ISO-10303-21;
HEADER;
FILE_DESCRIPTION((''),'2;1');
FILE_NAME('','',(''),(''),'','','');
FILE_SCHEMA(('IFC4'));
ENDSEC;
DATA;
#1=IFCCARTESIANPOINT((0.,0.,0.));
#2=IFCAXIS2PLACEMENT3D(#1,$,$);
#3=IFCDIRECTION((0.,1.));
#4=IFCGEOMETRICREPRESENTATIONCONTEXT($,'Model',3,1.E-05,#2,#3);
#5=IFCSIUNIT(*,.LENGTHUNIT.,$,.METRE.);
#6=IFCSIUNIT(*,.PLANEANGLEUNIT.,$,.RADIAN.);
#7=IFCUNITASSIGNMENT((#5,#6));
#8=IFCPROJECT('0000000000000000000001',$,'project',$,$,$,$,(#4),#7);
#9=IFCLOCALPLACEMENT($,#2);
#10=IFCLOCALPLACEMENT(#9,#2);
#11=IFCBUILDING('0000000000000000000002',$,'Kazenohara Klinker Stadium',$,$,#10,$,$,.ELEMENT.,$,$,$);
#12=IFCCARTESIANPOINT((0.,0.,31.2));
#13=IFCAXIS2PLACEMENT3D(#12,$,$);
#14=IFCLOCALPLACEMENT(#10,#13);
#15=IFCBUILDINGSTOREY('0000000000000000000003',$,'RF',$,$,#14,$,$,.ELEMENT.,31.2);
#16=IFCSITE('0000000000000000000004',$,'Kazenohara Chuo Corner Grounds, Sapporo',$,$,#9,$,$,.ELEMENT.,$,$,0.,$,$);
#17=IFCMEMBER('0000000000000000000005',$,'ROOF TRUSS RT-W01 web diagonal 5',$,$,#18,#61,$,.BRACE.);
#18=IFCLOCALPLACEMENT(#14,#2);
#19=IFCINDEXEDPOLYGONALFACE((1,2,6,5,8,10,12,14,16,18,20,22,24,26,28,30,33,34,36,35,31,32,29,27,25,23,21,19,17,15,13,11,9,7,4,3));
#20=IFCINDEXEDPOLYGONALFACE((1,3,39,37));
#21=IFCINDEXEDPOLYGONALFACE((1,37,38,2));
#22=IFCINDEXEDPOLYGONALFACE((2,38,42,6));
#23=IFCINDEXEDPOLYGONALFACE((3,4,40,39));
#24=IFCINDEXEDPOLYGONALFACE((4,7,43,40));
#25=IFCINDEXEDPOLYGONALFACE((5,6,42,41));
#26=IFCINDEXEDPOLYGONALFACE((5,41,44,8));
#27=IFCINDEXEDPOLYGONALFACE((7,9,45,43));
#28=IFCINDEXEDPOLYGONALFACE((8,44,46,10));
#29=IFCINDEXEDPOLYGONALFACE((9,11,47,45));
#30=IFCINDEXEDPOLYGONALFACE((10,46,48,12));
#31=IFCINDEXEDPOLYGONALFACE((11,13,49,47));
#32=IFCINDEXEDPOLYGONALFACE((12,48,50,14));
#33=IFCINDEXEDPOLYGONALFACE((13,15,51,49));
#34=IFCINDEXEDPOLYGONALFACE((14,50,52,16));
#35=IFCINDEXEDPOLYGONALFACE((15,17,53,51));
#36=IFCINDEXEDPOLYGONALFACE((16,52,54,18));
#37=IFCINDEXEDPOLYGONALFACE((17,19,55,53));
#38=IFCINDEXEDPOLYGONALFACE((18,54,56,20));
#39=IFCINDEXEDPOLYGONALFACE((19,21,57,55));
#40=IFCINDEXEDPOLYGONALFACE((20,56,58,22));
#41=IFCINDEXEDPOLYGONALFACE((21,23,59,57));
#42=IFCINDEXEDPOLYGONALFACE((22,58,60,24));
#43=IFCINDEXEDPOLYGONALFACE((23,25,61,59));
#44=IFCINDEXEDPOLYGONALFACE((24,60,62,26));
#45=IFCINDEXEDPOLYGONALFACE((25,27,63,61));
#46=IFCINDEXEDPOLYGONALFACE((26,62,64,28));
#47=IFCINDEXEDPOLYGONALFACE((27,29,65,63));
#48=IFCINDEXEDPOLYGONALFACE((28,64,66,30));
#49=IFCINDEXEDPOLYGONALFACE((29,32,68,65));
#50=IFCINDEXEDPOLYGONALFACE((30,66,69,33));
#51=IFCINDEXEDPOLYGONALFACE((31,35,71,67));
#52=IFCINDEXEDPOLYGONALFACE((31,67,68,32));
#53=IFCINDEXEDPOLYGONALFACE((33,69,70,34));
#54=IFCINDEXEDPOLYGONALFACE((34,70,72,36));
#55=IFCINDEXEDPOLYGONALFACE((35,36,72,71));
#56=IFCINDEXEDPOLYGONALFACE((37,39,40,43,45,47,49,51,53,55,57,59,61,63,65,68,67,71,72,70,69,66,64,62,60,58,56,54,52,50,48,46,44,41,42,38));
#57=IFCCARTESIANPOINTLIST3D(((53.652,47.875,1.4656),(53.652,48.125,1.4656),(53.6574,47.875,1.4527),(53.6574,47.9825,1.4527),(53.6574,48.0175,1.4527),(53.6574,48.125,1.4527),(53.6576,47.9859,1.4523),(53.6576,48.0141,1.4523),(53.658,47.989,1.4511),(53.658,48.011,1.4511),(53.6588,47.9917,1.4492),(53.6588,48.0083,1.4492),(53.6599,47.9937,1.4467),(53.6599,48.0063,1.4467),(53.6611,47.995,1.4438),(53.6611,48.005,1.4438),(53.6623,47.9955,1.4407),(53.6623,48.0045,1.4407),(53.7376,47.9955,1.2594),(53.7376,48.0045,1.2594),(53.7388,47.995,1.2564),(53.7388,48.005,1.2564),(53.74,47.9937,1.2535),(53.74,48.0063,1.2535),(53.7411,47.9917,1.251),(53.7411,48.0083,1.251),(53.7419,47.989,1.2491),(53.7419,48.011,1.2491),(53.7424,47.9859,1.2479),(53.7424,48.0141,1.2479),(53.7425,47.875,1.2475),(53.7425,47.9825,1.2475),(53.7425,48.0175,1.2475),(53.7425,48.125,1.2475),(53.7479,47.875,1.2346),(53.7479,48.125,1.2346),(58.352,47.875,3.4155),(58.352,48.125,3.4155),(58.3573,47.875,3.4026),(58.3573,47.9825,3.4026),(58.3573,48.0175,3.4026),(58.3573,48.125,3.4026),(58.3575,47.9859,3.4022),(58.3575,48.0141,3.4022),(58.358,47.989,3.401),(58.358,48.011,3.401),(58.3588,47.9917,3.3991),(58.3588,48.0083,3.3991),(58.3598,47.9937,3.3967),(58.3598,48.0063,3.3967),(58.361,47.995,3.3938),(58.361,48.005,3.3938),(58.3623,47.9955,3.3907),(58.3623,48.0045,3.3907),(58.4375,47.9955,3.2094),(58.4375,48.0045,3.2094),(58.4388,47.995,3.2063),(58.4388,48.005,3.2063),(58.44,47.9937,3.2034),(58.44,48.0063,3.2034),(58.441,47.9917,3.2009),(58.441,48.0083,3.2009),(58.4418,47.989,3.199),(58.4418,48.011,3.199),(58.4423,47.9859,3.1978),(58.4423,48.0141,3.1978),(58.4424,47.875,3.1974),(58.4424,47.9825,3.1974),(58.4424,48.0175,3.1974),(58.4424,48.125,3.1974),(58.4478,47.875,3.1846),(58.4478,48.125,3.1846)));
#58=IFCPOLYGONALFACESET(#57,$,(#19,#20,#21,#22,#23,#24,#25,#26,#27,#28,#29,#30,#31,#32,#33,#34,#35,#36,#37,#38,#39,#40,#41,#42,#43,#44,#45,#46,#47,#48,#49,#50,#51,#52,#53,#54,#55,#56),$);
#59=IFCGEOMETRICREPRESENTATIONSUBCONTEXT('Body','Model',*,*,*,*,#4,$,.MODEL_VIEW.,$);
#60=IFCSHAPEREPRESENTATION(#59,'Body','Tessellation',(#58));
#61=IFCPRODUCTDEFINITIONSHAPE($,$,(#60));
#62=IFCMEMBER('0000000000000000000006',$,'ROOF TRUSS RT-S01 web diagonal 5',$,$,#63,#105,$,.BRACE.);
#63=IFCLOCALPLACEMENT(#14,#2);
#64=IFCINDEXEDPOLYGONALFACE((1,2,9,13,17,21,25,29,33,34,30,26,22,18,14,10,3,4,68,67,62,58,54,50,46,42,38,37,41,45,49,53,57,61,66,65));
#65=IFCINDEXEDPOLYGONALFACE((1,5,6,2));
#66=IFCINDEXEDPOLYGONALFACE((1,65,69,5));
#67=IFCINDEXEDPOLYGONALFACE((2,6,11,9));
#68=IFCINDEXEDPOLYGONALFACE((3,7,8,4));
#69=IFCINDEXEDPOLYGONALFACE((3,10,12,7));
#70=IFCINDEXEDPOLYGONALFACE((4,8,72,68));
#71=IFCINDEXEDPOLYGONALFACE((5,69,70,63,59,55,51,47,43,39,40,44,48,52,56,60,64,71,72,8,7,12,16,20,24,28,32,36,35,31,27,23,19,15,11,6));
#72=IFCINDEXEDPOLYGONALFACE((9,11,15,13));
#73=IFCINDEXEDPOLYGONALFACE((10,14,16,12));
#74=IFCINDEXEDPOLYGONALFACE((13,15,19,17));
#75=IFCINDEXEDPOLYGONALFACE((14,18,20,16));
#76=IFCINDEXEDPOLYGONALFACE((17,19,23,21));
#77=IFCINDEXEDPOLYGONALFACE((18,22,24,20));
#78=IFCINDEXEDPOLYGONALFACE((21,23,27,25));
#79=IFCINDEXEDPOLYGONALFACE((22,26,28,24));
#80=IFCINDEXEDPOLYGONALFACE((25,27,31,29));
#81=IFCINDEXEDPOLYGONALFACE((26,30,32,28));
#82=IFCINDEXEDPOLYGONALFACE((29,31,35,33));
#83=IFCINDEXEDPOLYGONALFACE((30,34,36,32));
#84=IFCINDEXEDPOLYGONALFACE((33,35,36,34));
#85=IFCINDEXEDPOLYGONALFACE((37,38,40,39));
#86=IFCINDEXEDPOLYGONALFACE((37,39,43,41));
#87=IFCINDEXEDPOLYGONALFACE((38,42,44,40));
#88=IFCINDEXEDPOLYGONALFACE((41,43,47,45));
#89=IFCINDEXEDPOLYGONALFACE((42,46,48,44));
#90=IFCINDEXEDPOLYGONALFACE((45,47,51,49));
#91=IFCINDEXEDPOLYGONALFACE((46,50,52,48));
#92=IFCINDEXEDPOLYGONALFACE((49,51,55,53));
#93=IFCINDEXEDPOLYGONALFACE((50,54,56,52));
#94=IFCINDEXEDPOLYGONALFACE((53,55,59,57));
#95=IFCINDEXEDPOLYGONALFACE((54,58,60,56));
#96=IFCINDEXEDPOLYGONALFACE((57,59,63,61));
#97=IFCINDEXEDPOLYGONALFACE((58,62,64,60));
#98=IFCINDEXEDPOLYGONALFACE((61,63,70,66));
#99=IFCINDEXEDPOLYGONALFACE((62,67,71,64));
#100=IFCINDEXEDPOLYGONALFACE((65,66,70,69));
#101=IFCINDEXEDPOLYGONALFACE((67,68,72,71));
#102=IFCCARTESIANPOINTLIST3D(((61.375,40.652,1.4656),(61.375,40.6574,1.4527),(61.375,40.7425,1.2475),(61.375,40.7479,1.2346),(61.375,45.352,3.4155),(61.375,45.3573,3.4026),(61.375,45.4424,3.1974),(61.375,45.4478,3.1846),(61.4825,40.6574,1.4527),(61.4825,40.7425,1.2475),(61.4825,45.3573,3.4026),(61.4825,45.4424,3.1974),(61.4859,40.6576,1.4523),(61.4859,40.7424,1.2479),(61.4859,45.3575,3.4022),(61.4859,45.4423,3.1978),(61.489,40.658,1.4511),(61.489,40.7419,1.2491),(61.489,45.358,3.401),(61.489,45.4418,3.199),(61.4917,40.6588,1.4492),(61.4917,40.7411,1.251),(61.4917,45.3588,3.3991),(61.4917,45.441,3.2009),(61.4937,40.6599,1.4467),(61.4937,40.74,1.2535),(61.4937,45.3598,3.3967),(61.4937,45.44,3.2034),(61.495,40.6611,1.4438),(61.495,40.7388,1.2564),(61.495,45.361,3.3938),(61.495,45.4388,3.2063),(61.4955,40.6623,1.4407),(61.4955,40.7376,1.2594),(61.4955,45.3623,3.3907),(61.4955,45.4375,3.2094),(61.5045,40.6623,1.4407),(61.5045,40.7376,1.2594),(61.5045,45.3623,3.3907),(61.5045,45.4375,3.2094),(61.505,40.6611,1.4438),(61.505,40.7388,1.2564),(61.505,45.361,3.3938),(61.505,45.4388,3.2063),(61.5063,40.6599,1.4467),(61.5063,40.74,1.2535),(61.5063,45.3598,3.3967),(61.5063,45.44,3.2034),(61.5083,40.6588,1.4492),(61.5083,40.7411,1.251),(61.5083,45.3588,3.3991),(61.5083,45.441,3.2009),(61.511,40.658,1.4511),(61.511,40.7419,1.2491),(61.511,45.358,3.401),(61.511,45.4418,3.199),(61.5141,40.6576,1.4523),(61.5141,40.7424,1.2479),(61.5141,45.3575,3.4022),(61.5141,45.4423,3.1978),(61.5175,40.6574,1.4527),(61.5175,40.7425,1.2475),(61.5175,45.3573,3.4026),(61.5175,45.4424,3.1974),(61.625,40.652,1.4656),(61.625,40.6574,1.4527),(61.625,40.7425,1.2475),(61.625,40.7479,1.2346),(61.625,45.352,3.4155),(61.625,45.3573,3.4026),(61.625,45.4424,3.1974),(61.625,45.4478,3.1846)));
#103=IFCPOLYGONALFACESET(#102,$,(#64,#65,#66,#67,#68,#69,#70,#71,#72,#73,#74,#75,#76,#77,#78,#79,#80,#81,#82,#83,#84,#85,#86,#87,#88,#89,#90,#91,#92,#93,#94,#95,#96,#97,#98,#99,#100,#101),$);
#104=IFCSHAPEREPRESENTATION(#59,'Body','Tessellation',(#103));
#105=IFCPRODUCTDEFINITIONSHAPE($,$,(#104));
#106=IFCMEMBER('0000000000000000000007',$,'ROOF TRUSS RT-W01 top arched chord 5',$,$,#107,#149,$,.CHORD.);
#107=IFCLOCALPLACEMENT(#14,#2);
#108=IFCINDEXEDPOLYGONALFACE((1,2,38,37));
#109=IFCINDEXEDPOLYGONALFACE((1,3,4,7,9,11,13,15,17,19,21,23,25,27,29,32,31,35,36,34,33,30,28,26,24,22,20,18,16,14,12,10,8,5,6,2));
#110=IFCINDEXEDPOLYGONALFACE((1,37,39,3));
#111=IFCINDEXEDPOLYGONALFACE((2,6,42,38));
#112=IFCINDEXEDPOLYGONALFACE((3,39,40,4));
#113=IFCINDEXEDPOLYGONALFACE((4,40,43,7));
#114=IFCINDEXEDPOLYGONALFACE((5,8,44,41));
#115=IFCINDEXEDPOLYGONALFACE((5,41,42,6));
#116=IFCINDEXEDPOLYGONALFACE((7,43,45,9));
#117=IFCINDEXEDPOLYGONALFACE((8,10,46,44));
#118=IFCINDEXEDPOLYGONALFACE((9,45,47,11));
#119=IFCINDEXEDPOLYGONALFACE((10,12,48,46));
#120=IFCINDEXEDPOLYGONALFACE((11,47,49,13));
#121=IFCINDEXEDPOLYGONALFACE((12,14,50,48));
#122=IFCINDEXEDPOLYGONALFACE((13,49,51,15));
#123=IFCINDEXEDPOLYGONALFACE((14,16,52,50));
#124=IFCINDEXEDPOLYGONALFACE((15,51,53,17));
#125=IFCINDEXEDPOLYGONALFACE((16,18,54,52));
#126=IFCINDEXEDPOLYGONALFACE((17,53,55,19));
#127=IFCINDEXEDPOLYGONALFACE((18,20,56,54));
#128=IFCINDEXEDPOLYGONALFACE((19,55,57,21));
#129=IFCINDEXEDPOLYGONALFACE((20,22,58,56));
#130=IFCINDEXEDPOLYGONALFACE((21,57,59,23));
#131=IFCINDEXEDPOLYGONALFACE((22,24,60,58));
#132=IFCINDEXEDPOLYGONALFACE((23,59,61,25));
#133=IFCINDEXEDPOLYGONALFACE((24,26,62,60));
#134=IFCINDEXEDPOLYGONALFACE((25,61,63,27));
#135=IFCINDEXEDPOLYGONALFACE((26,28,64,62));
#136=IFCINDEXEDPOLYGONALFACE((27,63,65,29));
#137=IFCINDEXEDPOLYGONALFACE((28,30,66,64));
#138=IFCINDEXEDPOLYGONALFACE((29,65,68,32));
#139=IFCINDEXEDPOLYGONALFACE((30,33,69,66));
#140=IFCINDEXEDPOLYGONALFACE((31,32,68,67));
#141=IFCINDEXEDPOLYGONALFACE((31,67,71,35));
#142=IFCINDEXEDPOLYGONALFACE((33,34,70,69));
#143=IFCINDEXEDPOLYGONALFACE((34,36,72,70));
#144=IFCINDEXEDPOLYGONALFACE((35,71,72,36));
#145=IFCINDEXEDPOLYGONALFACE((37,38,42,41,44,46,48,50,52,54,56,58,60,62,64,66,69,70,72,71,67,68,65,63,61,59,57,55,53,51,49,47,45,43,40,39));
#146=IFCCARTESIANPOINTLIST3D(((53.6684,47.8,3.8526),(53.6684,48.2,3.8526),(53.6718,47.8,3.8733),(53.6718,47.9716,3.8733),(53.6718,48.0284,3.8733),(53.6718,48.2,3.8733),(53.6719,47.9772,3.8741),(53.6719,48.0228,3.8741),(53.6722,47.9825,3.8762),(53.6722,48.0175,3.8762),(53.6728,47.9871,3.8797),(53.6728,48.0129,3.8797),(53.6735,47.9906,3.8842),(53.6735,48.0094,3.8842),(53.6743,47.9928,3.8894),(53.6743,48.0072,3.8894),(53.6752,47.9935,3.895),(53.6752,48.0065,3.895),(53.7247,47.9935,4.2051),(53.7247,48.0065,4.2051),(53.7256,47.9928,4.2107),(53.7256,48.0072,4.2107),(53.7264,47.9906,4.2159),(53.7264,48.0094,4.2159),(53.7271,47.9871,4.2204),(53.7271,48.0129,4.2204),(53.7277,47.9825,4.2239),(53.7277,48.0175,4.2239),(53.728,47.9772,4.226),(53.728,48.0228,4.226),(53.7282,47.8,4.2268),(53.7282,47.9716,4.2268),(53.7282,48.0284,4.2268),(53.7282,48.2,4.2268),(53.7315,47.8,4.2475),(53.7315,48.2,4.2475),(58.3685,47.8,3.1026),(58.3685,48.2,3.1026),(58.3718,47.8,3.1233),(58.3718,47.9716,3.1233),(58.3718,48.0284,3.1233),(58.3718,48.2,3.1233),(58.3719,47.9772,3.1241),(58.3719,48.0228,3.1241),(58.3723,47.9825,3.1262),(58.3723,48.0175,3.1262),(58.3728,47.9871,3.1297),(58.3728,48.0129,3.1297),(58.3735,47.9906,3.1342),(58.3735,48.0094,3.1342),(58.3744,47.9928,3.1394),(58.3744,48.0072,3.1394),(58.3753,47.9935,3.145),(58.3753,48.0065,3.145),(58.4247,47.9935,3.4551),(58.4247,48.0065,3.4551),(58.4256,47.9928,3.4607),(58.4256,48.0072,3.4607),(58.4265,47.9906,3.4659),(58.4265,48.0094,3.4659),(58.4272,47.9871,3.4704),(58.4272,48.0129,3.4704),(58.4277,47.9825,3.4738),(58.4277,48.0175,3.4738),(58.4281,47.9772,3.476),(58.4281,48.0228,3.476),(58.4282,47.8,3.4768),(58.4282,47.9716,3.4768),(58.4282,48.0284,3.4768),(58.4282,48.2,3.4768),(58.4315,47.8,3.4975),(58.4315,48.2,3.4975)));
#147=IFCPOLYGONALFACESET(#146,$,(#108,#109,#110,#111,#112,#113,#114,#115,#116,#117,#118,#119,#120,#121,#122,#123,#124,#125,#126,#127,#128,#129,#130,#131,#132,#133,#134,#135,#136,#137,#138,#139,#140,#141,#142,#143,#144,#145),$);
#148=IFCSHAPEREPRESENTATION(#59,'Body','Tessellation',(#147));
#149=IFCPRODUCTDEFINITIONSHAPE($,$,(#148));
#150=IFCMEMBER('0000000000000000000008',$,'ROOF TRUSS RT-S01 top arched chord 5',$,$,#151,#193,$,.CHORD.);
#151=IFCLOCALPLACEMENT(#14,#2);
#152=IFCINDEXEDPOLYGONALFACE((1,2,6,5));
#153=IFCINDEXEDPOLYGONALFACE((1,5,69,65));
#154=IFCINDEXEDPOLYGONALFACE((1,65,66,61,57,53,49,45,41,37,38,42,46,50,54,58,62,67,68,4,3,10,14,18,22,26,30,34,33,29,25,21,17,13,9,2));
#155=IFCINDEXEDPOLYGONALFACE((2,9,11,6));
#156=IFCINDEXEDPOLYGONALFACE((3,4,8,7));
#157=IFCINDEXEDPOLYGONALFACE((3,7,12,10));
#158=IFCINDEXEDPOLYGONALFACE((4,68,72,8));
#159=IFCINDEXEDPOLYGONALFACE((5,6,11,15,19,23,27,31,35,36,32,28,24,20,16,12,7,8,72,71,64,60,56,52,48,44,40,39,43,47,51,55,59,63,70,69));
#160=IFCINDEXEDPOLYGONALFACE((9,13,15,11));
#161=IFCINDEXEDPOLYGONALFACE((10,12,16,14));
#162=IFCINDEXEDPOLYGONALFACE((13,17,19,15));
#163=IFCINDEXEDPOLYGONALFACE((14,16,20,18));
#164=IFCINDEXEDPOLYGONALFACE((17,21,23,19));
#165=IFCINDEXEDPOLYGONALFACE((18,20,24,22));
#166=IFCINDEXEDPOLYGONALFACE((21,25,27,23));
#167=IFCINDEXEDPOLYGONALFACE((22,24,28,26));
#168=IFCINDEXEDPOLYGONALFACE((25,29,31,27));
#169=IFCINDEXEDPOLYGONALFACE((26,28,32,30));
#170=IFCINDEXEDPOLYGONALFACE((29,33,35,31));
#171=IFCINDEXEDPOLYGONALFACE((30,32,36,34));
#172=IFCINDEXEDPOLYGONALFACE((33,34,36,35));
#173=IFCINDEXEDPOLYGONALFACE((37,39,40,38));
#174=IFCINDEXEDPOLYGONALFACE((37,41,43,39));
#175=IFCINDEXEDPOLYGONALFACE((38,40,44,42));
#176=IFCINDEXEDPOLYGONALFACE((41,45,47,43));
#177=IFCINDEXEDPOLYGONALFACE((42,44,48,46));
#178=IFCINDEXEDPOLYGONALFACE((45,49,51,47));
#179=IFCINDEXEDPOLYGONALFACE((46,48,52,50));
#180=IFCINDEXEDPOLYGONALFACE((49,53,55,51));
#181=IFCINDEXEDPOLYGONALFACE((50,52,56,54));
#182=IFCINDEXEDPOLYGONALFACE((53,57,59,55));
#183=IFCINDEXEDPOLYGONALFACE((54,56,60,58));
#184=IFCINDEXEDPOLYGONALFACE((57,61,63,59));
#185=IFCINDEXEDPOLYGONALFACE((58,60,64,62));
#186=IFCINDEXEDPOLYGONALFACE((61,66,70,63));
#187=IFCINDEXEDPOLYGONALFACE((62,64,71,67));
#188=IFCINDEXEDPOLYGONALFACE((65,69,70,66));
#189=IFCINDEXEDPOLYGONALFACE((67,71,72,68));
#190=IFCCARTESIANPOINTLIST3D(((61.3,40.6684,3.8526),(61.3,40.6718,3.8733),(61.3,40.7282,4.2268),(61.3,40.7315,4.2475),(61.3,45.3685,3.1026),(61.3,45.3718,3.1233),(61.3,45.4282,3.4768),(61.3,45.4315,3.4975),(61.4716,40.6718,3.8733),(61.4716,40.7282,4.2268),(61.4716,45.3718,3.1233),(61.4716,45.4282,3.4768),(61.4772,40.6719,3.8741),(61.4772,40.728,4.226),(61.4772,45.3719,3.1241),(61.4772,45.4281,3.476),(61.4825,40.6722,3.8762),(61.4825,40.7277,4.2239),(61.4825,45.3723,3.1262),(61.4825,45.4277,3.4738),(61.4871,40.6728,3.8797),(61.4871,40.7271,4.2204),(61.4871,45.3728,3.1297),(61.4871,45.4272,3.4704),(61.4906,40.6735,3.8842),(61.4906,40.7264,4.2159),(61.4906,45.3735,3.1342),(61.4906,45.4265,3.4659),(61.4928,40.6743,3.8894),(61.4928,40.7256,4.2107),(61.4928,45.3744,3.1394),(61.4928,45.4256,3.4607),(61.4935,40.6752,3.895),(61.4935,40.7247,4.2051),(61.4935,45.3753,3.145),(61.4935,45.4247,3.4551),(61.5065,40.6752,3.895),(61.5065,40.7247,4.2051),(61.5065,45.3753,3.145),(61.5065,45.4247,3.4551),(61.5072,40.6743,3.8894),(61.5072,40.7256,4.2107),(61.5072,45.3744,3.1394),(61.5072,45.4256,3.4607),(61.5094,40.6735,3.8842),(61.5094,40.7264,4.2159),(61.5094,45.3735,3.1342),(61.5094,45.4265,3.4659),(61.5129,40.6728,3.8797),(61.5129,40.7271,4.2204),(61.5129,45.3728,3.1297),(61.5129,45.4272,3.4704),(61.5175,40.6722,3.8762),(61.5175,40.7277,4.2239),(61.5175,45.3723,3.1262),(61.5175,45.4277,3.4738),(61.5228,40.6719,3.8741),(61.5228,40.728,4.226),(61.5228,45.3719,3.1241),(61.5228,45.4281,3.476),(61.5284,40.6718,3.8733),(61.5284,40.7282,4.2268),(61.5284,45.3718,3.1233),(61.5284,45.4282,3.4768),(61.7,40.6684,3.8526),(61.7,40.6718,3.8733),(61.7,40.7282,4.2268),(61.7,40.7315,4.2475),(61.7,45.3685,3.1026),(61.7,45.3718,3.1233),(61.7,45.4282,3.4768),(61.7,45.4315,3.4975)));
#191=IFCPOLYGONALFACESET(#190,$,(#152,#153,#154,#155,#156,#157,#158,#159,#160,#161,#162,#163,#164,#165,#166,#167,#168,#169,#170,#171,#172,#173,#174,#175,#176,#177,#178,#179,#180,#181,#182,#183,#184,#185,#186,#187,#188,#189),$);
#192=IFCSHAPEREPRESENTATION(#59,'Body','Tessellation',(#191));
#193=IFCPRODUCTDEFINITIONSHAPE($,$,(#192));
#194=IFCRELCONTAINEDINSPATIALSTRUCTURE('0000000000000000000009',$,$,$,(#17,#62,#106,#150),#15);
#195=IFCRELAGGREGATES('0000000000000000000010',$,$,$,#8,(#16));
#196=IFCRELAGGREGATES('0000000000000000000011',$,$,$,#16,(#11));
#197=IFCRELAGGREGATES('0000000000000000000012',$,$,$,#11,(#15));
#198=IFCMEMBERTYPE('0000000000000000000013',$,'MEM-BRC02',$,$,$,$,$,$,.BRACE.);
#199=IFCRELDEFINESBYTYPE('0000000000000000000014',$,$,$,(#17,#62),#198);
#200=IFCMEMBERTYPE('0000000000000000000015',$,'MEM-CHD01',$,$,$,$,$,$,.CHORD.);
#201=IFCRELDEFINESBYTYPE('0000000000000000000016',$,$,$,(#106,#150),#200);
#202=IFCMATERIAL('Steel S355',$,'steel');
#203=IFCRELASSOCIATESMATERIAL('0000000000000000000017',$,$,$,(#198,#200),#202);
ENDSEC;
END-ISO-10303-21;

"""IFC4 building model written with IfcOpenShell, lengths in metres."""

from ifc_helpers import new_model, si_unit, direction, frame, origin, origin_2d, place, context, subcontext, project, spatial, i_section, extrude, material, material_profile, profile_set, type_object, element, save


model = new_model("IFC4")

# Units and contexts
model_context = context("Model", 3, precision=1e-05, world=origin(), true_north=direction((0.0, 1.0)))
body_context = subcontext(model_context, "Body", "Model", "MODEL_VIEW")
ifc_project = project(units=[si_unit("LENGTHUNIT", "METRE"), si_unit("PLANEANGLEUNIT", "RADIAN")], contexts=[model_context])

# Site, building, storey
site_placement = place(None, origin())
site = spatial("IfcSite", under=ifc_project, at=site_placement, Name="Kazenohara Chuo Corner Grounds, Sapporo", CompositionType="ELEMENT", RefElevation=0.0)
building_placement = place(site_placement, origin())
building = spatial("IfcBuilding", under=site, at=building_placement, Name="Kazenohara Klinker Stadium", CompositionType="ELEMENT")
storey_placement = place(building_placement, frame((0.0, 0.0, 31.2)))
storey = spatial("IfcBuildingStorey", under=building, at=storey_placement, Name="RF", CompositionType="ELEMENT", Elevation=31.2)

# Members
ifc_material = material(Name="Steel S355", Category="steel")
ifc_material_profile_1 = material_profile(ifc_material, i_section(OverallWidth=0.25, OverallDepth=0.25, WebThickness=0.009, FlangeThickness=0.0139, FilletRadius=0.0129, at=origin_2d()), Name="H-250x250x9x14")
ifc_profile_set_1 = profile_set([ifc_material_profile_1], Name="Steel S355")
member_type_1 = type_object("IfcMemberType", Name="MEM-BRC02", PredefinedType="BRACE", material=ifc_profile_set_1)
for number, where, z_axis, x_axis, name in (
    (1, (53.7, 48.0, 1.3501), (0.923659, 0.0, 0.383215), (0.0, 1.0, 0.0), "ROOF TRUSS RT-W01 web diagonal 5"),
    (2, (61.5, 40.7, 1.3501), (0.0, 0.923659, 0.383215), (-1.0, 0.0, 0.0), "ROOF TRUSS RT-S01 web diagonal 5"),
):
    element("IfcMember", number, at=place(storey_placement, frame(where, z_axis=z_axis, x_axis=x_axis)), inside=storey, type_object=member_type_1, Name=name, PredefinedType="BRACE", context=body_context, shape_type="SweptSolid", body=[
        extrude(i_section(OverallWidth=0.25, OverallDepth=0.25, WebThickness=0.009, FlangeThickness=0.0139, FilletRadius=0.0129, at=origin_2d()), origin(), (0.0, 0.0, 1.0), 5.0884),
    ])
ifc_material_profile_2 = material_profile(ifc_material, i_section(OverallWidth=0.3999, OverallDepth=0.3999, WebThickness=0.0129, FlangeThickness=0.021, FilletRadius=0.022, at=origin_2d()), Name="H-400x400x13x21")
ifc_profile_set_2 = profile_set([ifc_material_profile_2], Name="Steel S355")
member_type_2 = type_object("IfcMemberType", Name="MEM-CHD01", PredefinedType="CHORD", material=ifc_profile_set_2)
for number, where, z_axis, x_axis, name in (
    (3, (53.7, 48.0, 4.05), (0.987506, 0.0, -0.157582), (0.0, 1.0, 0.0), "ROOF TRUSS RT-W01 top arched chord 5"),
    (4, (61.5, 40.7, 4.05), (0.0, 0.987506, -0.157582), (-1.0, 0.0, 0.0), "ROOF TRUSS RT-S01 top arched chord 5"),
):
    element("IfcMember", number, at=place(storey_placement, frame(where, z_axis=z_axis, x_axis=x_axis)), inside=storey, type_object=member_type_2, Name=name, PredefinedType="CHORD", context=body_context, shape_type="SweptSolid", body=[
        extrude(i_section(OverallWidth=0.3999, OverallDepth=0.3999, WebThickness=0.0129, FlangeThickness=0.021, FilletRadius=0.022, at=origin_2d()), origin(), (0.0, 0.0, 1.0), 4.7595),
    ])

save(model, "model.ifc")
